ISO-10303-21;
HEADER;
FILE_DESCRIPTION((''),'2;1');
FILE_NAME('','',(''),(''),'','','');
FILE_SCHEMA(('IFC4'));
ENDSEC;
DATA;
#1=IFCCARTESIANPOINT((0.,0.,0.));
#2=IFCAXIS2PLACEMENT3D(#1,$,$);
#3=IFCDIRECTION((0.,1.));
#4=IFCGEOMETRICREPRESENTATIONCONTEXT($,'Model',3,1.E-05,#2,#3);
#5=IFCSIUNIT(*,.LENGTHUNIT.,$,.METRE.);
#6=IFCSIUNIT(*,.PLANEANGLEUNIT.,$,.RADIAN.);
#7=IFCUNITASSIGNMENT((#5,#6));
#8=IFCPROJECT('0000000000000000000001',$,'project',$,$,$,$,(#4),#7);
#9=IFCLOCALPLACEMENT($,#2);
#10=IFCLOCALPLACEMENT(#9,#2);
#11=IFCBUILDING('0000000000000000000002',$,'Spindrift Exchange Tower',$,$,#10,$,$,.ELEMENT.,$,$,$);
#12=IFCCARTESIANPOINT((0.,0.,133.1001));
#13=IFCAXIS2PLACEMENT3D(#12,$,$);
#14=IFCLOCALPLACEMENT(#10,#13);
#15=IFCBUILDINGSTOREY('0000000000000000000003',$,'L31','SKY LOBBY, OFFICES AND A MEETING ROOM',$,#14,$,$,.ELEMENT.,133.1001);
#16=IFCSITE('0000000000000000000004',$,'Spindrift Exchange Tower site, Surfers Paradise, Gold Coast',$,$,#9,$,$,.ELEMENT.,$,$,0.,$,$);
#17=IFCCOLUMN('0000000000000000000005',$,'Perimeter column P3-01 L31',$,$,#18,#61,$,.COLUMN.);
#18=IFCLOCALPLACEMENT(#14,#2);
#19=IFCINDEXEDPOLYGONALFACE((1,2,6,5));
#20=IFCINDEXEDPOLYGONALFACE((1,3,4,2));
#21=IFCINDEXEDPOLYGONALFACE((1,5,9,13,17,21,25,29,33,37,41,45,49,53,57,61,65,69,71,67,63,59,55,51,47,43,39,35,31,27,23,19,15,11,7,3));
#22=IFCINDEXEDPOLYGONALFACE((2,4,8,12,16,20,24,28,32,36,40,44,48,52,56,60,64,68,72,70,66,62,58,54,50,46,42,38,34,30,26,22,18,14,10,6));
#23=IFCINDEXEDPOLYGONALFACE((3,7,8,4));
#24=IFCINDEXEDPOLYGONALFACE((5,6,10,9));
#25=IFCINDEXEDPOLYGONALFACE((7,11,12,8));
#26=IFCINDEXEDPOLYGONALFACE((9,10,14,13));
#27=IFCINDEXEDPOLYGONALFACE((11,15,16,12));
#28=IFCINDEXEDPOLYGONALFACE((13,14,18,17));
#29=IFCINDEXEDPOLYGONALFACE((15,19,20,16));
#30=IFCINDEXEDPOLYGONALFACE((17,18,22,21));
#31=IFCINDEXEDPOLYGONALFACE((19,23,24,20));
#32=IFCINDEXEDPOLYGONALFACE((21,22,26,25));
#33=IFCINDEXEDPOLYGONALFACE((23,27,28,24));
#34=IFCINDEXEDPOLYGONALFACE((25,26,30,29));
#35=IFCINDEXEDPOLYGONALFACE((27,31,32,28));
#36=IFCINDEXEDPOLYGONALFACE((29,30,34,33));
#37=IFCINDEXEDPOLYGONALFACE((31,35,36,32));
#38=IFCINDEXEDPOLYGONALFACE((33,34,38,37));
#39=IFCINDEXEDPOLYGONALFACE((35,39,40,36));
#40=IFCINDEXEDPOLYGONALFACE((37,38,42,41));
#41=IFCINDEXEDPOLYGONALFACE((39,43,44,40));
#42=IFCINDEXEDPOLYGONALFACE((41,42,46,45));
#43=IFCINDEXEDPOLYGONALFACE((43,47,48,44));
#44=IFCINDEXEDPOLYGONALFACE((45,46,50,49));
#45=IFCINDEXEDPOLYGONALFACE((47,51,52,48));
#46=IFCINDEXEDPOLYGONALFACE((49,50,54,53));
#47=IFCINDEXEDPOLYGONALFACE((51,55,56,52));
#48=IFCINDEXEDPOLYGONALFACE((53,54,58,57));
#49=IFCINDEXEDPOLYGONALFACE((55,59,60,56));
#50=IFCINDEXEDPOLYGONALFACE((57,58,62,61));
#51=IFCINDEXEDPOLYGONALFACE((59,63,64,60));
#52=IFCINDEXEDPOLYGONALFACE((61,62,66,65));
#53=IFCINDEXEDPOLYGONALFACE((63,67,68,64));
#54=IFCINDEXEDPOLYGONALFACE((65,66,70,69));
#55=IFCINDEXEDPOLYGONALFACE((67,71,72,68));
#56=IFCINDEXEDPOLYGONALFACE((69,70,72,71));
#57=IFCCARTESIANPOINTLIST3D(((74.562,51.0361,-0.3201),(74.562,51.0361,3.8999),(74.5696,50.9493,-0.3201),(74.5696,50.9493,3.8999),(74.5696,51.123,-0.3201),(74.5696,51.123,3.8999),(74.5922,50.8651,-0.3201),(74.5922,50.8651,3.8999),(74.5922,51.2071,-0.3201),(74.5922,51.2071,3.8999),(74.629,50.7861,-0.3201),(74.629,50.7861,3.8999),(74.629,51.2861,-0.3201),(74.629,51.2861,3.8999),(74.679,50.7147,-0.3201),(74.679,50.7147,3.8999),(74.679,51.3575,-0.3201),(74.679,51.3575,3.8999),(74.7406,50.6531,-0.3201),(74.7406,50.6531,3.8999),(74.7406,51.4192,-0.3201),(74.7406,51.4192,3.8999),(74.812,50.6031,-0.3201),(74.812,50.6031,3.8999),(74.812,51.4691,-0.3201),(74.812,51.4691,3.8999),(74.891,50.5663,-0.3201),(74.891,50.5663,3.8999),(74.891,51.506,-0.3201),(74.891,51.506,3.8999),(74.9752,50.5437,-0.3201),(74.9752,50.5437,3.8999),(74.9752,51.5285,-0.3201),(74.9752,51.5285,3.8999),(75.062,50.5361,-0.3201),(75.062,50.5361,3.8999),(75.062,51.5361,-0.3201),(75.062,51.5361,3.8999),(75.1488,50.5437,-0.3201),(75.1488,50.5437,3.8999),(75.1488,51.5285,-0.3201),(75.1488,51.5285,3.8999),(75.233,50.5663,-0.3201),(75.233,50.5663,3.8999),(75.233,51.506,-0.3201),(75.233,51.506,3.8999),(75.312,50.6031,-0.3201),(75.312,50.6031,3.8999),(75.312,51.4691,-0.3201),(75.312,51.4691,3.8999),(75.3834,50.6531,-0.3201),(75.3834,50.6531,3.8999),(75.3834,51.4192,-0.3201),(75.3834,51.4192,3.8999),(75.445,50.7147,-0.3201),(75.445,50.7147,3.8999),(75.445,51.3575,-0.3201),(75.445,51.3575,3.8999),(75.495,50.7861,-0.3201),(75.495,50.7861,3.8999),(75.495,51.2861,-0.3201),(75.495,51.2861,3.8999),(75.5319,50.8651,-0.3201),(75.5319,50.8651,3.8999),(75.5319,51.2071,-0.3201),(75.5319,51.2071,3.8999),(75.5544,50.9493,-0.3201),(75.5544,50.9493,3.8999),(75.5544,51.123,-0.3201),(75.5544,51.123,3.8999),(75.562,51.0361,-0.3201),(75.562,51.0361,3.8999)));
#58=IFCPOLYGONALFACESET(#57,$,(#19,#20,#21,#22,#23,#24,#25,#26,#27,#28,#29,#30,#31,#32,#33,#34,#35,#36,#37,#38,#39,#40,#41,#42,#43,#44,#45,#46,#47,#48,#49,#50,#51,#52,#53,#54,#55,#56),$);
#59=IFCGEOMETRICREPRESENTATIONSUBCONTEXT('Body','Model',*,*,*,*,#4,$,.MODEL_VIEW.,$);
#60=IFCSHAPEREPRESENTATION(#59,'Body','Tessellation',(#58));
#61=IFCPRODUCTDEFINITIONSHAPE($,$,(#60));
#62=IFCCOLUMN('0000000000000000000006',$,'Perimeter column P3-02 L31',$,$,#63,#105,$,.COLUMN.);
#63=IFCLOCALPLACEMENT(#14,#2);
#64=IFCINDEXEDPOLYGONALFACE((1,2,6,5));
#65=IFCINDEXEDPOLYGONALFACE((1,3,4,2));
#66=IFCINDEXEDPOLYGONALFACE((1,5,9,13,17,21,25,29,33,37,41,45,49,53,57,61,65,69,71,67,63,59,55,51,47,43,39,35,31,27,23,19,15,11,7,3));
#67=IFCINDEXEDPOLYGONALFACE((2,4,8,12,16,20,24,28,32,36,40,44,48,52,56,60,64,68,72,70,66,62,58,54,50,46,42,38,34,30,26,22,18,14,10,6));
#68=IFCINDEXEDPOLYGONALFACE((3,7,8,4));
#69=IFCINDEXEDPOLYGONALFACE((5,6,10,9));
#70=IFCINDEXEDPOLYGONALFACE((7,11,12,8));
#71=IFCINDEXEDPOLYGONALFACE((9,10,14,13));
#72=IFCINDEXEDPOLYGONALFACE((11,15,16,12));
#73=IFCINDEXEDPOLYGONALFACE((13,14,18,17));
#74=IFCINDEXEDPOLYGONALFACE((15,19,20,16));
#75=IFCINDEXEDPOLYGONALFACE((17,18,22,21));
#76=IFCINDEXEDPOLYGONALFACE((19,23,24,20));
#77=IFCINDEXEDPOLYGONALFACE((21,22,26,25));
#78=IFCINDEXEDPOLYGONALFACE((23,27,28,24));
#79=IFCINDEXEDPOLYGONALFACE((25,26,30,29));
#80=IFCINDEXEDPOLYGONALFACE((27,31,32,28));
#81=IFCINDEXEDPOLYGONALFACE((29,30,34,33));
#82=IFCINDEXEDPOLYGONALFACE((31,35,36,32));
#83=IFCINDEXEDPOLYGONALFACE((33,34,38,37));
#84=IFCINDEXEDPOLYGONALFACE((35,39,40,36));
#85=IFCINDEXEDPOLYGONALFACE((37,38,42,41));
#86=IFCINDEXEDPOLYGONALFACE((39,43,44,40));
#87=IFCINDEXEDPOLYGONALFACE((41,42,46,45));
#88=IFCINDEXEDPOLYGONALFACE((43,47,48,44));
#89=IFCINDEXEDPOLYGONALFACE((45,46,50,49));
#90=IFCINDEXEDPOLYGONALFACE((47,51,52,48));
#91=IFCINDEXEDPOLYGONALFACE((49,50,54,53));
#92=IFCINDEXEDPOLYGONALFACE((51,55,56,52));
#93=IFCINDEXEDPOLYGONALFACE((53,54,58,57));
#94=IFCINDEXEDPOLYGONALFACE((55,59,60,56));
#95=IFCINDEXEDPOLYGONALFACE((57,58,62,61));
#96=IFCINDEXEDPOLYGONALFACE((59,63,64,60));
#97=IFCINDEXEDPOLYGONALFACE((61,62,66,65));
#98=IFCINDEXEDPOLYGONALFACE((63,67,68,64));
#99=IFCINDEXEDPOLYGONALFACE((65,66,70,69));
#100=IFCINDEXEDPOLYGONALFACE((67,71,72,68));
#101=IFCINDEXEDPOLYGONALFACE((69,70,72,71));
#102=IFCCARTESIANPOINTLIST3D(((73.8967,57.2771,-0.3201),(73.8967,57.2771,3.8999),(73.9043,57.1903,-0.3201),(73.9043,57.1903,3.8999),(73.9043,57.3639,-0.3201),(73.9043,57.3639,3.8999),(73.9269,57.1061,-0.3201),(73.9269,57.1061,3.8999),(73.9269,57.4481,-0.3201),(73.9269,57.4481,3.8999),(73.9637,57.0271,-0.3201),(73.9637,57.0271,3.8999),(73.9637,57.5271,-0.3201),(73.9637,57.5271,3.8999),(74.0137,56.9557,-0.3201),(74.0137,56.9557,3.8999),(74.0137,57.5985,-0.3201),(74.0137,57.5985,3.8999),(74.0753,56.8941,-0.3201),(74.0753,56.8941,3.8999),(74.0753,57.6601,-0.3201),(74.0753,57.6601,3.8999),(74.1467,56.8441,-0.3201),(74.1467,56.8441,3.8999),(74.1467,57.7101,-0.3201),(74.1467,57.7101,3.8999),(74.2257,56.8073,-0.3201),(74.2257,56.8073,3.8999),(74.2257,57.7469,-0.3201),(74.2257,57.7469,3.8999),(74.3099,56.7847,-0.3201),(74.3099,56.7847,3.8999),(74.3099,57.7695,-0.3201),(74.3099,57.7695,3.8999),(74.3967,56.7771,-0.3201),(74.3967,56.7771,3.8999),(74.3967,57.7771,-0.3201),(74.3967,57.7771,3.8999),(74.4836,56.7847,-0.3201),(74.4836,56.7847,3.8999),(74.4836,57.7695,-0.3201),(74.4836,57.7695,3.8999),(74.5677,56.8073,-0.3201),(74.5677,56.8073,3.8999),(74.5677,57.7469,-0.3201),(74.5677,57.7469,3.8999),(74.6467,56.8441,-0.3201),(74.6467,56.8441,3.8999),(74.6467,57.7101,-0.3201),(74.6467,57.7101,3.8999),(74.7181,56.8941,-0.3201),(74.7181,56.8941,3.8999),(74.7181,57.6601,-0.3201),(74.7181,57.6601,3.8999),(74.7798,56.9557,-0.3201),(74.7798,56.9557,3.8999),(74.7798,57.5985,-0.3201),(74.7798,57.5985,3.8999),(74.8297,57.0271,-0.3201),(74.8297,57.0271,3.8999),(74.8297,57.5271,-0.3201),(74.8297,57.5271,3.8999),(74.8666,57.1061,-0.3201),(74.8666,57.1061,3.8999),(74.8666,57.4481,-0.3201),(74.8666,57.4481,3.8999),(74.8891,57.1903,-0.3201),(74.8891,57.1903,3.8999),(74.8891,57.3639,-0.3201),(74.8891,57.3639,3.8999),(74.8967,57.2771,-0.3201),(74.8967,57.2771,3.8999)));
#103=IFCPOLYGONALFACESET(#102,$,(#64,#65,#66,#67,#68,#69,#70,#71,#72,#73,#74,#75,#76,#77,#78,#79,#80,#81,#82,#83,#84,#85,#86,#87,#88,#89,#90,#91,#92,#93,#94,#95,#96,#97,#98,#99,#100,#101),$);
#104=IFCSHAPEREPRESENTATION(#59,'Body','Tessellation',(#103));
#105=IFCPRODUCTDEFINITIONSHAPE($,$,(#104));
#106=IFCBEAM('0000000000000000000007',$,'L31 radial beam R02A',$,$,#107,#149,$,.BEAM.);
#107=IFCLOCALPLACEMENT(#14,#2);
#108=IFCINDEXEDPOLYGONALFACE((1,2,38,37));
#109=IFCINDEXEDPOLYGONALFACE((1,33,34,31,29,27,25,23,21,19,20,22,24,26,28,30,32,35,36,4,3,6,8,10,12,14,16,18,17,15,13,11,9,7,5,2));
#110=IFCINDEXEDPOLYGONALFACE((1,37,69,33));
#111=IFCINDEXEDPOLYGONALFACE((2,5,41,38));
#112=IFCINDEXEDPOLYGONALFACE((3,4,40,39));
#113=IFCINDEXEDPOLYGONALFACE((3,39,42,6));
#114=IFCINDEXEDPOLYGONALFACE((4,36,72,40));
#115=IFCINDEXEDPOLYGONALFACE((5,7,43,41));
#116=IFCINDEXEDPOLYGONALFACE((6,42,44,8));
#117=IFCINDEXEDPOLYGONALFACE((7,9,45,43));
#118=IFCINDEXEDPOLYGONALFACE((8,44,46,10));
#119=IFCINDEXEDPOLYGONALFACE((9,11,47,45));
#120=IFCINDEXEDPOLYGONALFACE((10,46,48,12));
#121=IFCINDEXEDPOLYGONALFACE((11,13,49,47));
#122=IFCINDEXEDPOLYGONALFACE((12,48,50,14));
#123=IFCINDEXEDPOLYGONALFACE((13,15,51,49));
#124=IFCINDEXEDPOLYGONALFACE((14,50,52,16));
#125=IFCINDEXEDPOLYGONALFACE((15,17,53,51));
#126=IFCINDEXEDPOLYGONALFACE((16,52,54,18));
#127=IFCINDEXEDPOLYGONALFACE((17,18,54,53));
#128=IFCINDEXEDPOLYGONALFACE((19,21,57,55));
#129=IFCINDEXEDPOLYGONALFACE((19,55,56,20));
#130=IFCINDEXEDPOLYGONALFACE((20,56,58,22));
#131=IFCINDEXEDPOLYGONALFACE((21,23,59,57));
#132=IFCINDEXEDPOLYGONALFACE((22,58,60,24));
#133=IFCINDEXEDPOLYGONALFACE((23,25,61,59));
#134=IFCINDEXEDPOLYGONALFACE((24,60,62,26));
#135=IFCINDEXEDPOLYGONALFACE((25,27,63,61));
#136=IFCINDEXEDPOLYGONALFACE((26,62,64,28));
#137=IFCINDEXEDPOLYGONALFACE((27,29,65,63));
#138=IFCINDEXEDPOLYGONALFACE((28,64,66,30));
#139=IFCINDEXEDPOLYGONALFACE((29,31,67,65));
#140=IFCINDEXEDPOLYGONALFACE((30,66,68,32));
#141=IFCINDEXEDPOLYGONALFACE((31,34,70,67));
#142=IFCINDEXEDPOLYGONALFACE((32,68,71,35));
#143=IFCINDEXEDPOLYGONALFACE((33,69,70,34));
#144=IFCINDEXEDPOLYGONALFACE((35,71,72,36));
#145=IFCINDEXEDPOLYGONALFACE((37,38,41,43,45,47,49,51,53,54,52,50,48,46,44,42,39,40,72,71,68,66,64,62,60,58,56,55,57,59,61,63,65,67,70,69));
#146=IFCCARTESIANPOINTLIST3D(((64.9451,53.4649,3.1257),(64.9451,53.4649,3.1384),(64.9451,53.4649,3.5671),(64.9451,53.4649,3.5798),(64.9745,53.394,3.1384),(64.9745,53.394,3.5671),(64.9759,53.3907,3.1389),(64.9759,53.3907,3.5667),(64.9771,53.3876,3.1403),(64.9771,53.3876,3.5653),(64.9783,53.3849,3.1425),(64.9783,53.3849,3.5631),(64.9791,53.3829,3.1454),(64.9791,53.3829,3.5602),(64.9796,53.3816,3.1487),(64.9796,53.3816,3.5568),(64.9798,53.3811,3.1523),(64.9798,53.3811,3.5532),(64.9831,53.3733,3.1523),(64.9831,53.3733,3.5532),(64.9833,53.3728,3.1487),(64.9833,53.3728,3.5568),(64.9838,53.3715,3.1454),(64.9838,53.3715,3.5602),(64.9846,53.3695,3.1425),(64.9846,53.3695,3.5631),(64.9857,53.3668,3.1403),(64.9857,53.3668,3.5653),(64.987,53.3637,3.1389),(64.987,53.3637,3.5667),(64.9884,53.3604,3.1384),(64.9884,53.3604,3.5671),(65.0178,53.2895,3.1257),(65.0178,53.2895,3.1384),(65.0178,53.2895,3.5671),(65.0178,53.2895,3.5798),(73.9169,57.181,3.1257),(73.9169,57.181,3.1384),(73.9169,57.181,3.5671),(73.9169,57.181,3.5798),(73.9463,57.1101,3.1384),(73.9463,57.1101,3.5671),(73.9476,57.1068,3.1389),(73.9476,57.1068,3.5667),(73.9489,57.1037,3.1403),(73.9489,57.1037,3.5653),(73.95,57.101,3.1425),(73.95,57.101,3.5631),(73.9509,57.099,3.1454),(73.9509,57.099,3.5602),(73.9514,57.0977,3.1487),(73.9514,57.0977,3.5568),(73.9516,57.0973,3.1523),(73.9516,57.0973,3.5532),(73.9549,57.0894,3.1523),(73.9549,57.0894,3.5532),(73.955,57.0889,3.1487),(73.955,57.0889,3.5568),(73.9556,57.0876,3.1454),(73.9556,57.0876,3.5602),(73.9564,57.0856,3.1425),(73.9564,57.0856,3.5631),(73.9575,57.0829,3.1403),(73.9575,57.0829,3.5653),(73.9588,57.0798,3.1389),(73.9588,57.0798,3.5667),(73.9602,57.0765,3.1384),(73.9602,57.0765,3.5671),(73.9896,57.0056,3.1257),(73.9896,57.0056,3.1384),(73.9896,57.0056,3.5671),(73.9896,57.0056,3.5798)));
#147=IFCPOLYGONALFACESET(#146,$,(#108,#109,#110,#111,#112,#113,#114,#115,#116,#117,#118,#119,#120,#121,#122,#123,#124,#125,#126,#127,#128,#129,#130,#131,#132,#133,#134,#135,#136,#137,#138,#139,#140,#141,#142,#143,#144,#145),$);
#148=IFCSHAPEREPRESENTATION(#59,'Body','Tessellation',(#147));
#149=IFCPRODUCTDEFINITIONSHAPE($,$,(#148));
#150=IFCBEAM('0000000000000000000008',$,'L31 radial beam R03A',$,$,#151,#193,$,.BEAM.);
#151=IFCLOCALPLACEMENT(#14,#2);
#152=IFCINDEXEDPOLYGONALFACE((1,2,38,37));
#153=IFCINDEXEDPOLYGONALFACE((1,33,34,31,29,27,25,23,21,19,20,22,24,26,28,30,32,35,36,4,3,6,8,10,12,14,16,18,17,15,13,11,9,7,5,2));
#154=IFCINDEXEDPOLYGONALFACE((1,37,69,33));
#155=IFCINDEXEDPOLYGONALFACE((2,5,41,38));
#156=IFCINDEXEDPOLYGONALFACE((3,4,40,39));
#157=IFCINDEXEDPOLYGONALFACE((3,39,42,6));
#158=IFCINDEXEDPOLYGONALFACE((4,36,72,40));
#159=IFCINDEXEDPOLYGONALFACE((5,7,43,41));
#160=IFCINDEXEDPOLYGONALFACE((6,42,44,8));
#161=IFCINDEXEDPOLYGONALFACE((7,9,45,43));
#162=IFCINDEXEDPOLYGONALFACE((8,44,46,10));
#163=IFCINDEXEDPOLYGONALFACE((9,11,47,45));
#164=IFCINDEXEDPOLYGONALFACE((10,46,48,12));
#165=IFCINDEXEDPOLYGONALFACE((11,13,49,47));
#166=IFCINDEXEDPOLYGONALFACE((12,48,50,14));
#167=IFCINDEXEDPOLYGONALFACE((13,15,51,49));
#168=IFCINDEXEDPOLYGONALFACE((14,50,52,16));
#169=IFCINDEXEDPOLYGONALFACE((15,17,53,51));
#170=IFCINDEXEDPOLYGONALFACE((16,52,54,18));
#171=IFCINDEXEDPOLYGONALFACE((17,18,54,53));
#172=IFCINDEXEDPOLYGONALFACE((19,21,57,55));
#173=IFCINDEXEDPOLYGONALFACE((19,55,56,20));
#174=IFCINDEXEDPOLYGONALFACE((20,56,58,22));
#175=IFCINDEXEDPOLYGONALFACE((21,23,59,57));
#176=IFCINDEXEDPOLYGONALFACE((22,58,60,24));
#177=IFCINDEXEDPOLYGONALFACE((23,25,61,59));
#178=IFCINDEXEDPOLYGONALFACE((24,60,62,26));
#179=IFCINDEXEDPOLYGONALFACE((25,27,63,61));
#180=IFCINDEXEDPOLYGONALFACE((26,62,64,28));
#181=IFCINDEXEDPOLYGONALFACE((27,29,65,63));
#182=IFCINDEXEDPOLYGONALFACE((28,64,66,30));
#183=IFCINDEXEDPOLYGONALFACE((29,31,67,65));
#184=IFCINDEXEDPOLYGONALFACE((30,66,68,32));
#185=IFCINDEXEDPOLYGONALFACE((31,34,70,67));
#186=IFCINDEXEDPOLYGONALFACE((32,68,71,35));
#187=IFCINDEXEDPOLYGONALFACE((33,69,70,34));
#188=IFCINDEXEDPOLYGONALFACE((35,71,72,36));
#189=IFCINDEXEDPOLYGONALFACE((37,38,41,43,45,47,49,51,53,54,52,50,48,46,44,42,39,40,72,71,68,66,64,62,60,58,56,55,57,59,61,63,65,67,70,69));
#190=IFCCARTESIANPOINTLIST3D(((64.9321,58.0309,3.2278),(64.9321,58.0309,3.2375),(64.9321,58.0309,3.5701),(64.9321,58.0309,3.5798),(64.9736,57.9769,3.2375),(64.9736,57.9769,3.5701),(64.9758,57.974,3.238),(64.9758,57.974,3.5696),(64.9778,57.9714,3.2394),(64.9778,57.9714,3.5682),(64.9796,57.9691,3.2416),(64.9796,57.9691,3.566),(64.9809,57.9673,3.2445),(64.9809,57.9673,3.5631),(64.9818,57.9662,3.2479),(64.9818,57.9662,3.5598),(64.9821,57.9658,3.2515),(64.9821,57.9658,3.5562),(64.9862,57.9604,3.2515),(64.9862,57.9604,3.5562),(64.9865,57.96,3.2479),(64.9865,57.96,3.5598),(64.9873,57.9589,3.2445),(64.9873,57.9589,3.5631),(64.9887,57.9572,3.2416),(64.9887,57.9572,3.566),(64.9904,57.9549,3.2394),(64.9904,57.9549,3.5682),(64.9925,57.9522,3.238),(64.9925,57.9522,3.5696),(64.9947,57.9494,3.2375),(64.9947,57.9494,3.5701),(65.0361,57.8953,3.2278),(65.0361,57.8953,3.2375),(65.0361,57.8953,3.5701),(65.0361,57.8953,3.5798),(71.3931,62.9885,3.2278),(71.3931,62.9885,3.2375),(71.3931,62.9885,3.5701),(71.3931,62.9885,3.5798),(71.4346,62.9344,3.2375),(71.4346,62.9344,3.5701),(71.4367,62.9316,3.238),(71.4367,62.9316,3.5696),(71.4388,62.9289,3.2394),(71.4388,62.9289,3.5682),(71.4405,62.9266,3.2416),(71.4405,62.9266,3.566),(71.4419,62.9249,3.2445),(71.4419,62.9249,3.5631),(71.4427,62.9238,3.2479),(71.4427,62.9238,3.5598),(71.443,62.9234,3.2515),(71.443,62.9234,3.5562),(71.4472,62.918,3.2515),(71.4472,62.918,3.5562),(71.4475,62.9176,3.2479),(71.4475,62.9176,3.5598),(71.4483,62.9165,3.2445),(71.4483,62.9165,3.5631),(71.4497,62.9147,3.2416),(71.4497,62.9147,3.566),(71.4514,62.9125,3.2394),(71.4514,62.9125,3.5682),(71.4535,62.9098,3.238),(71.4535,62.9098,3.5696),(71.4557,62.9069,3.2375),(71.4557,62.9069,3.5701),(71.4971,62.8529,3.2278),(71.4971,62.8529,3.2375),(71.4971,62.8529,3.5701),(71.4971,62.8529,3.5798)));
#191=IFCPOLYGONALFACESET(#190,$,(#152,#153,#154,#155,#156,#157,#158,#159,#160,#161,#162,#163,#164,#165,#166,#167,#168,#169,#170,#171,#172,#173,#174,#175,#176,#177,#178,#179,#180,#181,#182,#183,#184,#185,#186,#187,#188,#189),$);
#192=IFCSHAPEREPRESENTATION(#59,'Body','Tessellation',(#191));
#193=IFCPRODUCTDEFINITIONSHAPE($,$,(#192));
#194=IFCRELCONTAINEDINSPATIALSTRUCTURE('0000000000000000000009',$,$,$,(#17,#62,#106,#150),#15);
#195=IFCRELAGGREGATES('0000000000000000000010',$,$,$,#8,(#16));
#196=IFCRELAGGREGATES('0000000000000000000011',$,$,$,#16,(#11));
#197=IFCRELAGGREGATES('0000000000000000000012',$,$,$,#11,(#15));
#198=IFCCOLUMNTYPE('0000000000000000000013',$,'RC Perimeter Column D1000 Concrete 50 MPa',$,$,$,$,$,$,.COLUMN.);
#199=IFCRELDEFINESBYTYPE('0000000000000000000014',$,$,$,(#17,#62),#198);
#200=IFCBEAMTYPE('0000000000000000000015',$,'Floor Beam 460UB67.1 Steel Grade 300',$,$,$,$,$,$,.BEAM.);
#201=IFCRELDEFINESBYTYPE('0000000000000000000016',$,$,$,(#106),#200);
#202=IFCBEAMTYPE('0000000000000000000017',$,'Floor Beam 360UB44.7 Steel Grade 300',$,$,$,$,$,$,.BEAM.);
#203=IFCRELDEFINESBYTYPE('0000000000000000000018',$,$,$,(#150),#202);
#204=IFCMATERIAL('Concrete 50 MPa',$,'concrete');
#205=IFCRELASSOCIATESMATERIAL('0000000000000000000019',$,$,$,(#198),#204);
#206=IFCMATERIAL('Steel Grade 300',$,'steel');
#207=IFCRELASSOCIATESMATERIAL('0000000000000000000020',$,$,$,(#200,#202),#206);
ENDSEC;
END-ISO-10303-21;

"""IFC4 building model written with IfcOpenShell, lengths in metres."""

from ifc_helpers import new_model, si_unit, direction, frame, origin, origin_2d, place, context, subcontext, project, spatial, circle, i_section, extrude, source, transform, mapped, material, material_profile, profile_set, type_object, element, save


model = new_model("IFC4")

# Units and contexts
model_context = context("Model", 3, precision=1e-05, world=origin(), true_north=direction((0.0, 1.0)))
body_context = subcontext(model_context, "Body", "Model", "MODEL_VIEW")
ifc_project = project(units=[si_unit("LENGTHUNIT", "METRE"), si_unit("PLANEANGLEUNIT", "RADIAN")], contexts=[model_context])

# Site, building, storey
site_placement = place(None, origin())
site = spatial("IfcSite", under=ifc_project, at=site_placement, Name="Spindrift Exchange Tower site, Surfers Paradise, Gold Coast", CompositionType="ELEMENT", RefElevation=0.0)
building_placement = place(site_placement, origin())
building = spatial("IfcBuilding", under=site, at=building_placement, Name="Spindrift Exchange Tower", CompositionType="ELEMENT")
storey_placement = place(building_placement, frame((0.0, 0.0, 133.1001)))
storey = spatial("IfcBuildingStorey", under=building, at=storey_placement, Name="L31", Description="SKY LOBBY, OFFICES AND A MEETING ROOM", CompositionType="ELEMENT", Elevation=133.1001)

# Columns
ifc_material_1 = material(Name="Concrete 50 MPa", Category="concrete")
ifc_material_profile_1 = material_profile(ifc_material_1, circle(Radius=0.5, at=origin_2d()), Name="RC D1000")
ifc_profile_set_1 = profile_set([ifc_material_profile_1], Name="Concrete 50 MPa")
column_type = type_object("IfcColumnType", Name="RC Perimeter Column D1000 Concrete 50 MPa", PredefinedType="COLUMN", material=ifc_profile_set_1)
shared_shape_1 = source(origin(), body_context, "Body", "SweptSolid", [
    extrude(circle(Radius=0.5, at=origin_2d()), origin(), (0.0, 0.0, 1.0), 4.22),
])
for number, where, z_axis, x_axis, name in (
    (1, (75.062, 51.0361, -0.3201), (0.0, 0.0, 1.0), (1.0, 0.0, 0.0), "Perimeter column P3-01 L31"),
    (2, (74.3967, 57.2771, -0.3201), (0.0, 0.0, 1.0), (1.0, 0.0, 0.0), "Perimeter column P3-02 L31"),
):
    element("IfcColumn", number, at=place(storey_placement, frame(where, z_axis=z_axis, x_axis=x_axis)), inside=storey, type_object=column_type, Name=name, PredefinedType="COLUMN", context=body_context, shape_type="MappedRepresentation", body=[
        mapped(shared_shape_1, transform((0.0, 0.0, 0.0), scale=1.0)),
    ])

# Beams
ifc_material_2 = material(Name="Steel Grade 300", Category="steel")
ifc_material_profile_2 = material_profile(ifc_material_2, i_section(OverallWidth=0.1899, OverallDepth=0.4541, WebThickness=0.0085, FlangeThickness=0.0127, FilletRadius=0.0139, at=origin_2d()), Name="460UB67.1")
ifc_profile_set_2 = profile_set([ifc_material_profile_2], Name="Steel Grade 300")
beam_type_1 = type_object("IfcBeamType", Name="Floor Beam 460UB67.1 Steel Grade 300", PredefinedType="BEAM", material=ifc_profile_set_2)
shared_shape_2 = source(origin(), body_context, "Body", "SweptSolid", [
    extrude(i_section(OverallWidth=0.1899, OverallDepth=0.4541, WebThickness=0.0085, FlangeThickness=0.0127, FilletRadius=0.0139, at=origin_2d()), origin(), (0.0, 0.0, 1.0), 9.7109),
])
beam_1_placement = place(storey_placement, frame((64.9814, 53.3772, 3.3528), z_axis=(0.923884, 0.382672, 0.0), x_axis=(-0.382672, 0.923884, 0.0)))
element("IfcBeam", 3, at=beam_1_placement, inside=storey, type_object=beam_type_1, Name="L31 radial beam R02A", PredefinedType="BEAM", context=body_context, shape_type="MappedRepresentation", body=[
    mapped(shared_shape_2, transform((0.0, 0.0, 0.0), scale=1.0)),
])
ifc_material_profile_3 = material_profile(ifc_material_2, i_section(OverallWidth=0.1709, OverallDepth=0.3521, WebThickness=0.0068, FlangeThickness=0.0098, FilletRadius=0.0139, at=origin_2d()), Name="360UB44.7")
ifc_profile_set_3 = profile_set([ifc_material_profile_3], Name="Steel Grade 300")
beam_type_2 = type_object("IfcBeamType", Name="Floor Beam 360UB44.7 Steel Grade 300", PredefinedType="BEAM", material=ifc_profile_set_3)
shared_shape_3 = source(origin(), body_context, "Body", "SweptSolid", [
    extrude(i_section(OverallWidth=0.1709, OverallDepth=0.3521, WebThickness=0.0068, FlangeThickness=0.0098, FilletRadius=0.0139, at=origin_2d()), origin(), (0.0, 0.0, 1.0), 8.1438),
])
beam_2_placement = place(storey_placement, frame((64.9841, 57.9631, 3.4038), z_axis=(0.793361, 0.608751, 0.0), x_axis=(-0.608751, 0.793361, 0.0)))
element("IfcBeam", 4, at=beam_2_placement, inside=storey, type_object=beam_type_2, Name="L31 radial beam R03A", PredefinedType="BEAM", context=body_context, shape_type="MappedRepresentation", body=[
    mapped(shared_shape_3, transform((0.0, 0.0, 0.0), scale=1.0)),
])

save(model, "model.ifc")
